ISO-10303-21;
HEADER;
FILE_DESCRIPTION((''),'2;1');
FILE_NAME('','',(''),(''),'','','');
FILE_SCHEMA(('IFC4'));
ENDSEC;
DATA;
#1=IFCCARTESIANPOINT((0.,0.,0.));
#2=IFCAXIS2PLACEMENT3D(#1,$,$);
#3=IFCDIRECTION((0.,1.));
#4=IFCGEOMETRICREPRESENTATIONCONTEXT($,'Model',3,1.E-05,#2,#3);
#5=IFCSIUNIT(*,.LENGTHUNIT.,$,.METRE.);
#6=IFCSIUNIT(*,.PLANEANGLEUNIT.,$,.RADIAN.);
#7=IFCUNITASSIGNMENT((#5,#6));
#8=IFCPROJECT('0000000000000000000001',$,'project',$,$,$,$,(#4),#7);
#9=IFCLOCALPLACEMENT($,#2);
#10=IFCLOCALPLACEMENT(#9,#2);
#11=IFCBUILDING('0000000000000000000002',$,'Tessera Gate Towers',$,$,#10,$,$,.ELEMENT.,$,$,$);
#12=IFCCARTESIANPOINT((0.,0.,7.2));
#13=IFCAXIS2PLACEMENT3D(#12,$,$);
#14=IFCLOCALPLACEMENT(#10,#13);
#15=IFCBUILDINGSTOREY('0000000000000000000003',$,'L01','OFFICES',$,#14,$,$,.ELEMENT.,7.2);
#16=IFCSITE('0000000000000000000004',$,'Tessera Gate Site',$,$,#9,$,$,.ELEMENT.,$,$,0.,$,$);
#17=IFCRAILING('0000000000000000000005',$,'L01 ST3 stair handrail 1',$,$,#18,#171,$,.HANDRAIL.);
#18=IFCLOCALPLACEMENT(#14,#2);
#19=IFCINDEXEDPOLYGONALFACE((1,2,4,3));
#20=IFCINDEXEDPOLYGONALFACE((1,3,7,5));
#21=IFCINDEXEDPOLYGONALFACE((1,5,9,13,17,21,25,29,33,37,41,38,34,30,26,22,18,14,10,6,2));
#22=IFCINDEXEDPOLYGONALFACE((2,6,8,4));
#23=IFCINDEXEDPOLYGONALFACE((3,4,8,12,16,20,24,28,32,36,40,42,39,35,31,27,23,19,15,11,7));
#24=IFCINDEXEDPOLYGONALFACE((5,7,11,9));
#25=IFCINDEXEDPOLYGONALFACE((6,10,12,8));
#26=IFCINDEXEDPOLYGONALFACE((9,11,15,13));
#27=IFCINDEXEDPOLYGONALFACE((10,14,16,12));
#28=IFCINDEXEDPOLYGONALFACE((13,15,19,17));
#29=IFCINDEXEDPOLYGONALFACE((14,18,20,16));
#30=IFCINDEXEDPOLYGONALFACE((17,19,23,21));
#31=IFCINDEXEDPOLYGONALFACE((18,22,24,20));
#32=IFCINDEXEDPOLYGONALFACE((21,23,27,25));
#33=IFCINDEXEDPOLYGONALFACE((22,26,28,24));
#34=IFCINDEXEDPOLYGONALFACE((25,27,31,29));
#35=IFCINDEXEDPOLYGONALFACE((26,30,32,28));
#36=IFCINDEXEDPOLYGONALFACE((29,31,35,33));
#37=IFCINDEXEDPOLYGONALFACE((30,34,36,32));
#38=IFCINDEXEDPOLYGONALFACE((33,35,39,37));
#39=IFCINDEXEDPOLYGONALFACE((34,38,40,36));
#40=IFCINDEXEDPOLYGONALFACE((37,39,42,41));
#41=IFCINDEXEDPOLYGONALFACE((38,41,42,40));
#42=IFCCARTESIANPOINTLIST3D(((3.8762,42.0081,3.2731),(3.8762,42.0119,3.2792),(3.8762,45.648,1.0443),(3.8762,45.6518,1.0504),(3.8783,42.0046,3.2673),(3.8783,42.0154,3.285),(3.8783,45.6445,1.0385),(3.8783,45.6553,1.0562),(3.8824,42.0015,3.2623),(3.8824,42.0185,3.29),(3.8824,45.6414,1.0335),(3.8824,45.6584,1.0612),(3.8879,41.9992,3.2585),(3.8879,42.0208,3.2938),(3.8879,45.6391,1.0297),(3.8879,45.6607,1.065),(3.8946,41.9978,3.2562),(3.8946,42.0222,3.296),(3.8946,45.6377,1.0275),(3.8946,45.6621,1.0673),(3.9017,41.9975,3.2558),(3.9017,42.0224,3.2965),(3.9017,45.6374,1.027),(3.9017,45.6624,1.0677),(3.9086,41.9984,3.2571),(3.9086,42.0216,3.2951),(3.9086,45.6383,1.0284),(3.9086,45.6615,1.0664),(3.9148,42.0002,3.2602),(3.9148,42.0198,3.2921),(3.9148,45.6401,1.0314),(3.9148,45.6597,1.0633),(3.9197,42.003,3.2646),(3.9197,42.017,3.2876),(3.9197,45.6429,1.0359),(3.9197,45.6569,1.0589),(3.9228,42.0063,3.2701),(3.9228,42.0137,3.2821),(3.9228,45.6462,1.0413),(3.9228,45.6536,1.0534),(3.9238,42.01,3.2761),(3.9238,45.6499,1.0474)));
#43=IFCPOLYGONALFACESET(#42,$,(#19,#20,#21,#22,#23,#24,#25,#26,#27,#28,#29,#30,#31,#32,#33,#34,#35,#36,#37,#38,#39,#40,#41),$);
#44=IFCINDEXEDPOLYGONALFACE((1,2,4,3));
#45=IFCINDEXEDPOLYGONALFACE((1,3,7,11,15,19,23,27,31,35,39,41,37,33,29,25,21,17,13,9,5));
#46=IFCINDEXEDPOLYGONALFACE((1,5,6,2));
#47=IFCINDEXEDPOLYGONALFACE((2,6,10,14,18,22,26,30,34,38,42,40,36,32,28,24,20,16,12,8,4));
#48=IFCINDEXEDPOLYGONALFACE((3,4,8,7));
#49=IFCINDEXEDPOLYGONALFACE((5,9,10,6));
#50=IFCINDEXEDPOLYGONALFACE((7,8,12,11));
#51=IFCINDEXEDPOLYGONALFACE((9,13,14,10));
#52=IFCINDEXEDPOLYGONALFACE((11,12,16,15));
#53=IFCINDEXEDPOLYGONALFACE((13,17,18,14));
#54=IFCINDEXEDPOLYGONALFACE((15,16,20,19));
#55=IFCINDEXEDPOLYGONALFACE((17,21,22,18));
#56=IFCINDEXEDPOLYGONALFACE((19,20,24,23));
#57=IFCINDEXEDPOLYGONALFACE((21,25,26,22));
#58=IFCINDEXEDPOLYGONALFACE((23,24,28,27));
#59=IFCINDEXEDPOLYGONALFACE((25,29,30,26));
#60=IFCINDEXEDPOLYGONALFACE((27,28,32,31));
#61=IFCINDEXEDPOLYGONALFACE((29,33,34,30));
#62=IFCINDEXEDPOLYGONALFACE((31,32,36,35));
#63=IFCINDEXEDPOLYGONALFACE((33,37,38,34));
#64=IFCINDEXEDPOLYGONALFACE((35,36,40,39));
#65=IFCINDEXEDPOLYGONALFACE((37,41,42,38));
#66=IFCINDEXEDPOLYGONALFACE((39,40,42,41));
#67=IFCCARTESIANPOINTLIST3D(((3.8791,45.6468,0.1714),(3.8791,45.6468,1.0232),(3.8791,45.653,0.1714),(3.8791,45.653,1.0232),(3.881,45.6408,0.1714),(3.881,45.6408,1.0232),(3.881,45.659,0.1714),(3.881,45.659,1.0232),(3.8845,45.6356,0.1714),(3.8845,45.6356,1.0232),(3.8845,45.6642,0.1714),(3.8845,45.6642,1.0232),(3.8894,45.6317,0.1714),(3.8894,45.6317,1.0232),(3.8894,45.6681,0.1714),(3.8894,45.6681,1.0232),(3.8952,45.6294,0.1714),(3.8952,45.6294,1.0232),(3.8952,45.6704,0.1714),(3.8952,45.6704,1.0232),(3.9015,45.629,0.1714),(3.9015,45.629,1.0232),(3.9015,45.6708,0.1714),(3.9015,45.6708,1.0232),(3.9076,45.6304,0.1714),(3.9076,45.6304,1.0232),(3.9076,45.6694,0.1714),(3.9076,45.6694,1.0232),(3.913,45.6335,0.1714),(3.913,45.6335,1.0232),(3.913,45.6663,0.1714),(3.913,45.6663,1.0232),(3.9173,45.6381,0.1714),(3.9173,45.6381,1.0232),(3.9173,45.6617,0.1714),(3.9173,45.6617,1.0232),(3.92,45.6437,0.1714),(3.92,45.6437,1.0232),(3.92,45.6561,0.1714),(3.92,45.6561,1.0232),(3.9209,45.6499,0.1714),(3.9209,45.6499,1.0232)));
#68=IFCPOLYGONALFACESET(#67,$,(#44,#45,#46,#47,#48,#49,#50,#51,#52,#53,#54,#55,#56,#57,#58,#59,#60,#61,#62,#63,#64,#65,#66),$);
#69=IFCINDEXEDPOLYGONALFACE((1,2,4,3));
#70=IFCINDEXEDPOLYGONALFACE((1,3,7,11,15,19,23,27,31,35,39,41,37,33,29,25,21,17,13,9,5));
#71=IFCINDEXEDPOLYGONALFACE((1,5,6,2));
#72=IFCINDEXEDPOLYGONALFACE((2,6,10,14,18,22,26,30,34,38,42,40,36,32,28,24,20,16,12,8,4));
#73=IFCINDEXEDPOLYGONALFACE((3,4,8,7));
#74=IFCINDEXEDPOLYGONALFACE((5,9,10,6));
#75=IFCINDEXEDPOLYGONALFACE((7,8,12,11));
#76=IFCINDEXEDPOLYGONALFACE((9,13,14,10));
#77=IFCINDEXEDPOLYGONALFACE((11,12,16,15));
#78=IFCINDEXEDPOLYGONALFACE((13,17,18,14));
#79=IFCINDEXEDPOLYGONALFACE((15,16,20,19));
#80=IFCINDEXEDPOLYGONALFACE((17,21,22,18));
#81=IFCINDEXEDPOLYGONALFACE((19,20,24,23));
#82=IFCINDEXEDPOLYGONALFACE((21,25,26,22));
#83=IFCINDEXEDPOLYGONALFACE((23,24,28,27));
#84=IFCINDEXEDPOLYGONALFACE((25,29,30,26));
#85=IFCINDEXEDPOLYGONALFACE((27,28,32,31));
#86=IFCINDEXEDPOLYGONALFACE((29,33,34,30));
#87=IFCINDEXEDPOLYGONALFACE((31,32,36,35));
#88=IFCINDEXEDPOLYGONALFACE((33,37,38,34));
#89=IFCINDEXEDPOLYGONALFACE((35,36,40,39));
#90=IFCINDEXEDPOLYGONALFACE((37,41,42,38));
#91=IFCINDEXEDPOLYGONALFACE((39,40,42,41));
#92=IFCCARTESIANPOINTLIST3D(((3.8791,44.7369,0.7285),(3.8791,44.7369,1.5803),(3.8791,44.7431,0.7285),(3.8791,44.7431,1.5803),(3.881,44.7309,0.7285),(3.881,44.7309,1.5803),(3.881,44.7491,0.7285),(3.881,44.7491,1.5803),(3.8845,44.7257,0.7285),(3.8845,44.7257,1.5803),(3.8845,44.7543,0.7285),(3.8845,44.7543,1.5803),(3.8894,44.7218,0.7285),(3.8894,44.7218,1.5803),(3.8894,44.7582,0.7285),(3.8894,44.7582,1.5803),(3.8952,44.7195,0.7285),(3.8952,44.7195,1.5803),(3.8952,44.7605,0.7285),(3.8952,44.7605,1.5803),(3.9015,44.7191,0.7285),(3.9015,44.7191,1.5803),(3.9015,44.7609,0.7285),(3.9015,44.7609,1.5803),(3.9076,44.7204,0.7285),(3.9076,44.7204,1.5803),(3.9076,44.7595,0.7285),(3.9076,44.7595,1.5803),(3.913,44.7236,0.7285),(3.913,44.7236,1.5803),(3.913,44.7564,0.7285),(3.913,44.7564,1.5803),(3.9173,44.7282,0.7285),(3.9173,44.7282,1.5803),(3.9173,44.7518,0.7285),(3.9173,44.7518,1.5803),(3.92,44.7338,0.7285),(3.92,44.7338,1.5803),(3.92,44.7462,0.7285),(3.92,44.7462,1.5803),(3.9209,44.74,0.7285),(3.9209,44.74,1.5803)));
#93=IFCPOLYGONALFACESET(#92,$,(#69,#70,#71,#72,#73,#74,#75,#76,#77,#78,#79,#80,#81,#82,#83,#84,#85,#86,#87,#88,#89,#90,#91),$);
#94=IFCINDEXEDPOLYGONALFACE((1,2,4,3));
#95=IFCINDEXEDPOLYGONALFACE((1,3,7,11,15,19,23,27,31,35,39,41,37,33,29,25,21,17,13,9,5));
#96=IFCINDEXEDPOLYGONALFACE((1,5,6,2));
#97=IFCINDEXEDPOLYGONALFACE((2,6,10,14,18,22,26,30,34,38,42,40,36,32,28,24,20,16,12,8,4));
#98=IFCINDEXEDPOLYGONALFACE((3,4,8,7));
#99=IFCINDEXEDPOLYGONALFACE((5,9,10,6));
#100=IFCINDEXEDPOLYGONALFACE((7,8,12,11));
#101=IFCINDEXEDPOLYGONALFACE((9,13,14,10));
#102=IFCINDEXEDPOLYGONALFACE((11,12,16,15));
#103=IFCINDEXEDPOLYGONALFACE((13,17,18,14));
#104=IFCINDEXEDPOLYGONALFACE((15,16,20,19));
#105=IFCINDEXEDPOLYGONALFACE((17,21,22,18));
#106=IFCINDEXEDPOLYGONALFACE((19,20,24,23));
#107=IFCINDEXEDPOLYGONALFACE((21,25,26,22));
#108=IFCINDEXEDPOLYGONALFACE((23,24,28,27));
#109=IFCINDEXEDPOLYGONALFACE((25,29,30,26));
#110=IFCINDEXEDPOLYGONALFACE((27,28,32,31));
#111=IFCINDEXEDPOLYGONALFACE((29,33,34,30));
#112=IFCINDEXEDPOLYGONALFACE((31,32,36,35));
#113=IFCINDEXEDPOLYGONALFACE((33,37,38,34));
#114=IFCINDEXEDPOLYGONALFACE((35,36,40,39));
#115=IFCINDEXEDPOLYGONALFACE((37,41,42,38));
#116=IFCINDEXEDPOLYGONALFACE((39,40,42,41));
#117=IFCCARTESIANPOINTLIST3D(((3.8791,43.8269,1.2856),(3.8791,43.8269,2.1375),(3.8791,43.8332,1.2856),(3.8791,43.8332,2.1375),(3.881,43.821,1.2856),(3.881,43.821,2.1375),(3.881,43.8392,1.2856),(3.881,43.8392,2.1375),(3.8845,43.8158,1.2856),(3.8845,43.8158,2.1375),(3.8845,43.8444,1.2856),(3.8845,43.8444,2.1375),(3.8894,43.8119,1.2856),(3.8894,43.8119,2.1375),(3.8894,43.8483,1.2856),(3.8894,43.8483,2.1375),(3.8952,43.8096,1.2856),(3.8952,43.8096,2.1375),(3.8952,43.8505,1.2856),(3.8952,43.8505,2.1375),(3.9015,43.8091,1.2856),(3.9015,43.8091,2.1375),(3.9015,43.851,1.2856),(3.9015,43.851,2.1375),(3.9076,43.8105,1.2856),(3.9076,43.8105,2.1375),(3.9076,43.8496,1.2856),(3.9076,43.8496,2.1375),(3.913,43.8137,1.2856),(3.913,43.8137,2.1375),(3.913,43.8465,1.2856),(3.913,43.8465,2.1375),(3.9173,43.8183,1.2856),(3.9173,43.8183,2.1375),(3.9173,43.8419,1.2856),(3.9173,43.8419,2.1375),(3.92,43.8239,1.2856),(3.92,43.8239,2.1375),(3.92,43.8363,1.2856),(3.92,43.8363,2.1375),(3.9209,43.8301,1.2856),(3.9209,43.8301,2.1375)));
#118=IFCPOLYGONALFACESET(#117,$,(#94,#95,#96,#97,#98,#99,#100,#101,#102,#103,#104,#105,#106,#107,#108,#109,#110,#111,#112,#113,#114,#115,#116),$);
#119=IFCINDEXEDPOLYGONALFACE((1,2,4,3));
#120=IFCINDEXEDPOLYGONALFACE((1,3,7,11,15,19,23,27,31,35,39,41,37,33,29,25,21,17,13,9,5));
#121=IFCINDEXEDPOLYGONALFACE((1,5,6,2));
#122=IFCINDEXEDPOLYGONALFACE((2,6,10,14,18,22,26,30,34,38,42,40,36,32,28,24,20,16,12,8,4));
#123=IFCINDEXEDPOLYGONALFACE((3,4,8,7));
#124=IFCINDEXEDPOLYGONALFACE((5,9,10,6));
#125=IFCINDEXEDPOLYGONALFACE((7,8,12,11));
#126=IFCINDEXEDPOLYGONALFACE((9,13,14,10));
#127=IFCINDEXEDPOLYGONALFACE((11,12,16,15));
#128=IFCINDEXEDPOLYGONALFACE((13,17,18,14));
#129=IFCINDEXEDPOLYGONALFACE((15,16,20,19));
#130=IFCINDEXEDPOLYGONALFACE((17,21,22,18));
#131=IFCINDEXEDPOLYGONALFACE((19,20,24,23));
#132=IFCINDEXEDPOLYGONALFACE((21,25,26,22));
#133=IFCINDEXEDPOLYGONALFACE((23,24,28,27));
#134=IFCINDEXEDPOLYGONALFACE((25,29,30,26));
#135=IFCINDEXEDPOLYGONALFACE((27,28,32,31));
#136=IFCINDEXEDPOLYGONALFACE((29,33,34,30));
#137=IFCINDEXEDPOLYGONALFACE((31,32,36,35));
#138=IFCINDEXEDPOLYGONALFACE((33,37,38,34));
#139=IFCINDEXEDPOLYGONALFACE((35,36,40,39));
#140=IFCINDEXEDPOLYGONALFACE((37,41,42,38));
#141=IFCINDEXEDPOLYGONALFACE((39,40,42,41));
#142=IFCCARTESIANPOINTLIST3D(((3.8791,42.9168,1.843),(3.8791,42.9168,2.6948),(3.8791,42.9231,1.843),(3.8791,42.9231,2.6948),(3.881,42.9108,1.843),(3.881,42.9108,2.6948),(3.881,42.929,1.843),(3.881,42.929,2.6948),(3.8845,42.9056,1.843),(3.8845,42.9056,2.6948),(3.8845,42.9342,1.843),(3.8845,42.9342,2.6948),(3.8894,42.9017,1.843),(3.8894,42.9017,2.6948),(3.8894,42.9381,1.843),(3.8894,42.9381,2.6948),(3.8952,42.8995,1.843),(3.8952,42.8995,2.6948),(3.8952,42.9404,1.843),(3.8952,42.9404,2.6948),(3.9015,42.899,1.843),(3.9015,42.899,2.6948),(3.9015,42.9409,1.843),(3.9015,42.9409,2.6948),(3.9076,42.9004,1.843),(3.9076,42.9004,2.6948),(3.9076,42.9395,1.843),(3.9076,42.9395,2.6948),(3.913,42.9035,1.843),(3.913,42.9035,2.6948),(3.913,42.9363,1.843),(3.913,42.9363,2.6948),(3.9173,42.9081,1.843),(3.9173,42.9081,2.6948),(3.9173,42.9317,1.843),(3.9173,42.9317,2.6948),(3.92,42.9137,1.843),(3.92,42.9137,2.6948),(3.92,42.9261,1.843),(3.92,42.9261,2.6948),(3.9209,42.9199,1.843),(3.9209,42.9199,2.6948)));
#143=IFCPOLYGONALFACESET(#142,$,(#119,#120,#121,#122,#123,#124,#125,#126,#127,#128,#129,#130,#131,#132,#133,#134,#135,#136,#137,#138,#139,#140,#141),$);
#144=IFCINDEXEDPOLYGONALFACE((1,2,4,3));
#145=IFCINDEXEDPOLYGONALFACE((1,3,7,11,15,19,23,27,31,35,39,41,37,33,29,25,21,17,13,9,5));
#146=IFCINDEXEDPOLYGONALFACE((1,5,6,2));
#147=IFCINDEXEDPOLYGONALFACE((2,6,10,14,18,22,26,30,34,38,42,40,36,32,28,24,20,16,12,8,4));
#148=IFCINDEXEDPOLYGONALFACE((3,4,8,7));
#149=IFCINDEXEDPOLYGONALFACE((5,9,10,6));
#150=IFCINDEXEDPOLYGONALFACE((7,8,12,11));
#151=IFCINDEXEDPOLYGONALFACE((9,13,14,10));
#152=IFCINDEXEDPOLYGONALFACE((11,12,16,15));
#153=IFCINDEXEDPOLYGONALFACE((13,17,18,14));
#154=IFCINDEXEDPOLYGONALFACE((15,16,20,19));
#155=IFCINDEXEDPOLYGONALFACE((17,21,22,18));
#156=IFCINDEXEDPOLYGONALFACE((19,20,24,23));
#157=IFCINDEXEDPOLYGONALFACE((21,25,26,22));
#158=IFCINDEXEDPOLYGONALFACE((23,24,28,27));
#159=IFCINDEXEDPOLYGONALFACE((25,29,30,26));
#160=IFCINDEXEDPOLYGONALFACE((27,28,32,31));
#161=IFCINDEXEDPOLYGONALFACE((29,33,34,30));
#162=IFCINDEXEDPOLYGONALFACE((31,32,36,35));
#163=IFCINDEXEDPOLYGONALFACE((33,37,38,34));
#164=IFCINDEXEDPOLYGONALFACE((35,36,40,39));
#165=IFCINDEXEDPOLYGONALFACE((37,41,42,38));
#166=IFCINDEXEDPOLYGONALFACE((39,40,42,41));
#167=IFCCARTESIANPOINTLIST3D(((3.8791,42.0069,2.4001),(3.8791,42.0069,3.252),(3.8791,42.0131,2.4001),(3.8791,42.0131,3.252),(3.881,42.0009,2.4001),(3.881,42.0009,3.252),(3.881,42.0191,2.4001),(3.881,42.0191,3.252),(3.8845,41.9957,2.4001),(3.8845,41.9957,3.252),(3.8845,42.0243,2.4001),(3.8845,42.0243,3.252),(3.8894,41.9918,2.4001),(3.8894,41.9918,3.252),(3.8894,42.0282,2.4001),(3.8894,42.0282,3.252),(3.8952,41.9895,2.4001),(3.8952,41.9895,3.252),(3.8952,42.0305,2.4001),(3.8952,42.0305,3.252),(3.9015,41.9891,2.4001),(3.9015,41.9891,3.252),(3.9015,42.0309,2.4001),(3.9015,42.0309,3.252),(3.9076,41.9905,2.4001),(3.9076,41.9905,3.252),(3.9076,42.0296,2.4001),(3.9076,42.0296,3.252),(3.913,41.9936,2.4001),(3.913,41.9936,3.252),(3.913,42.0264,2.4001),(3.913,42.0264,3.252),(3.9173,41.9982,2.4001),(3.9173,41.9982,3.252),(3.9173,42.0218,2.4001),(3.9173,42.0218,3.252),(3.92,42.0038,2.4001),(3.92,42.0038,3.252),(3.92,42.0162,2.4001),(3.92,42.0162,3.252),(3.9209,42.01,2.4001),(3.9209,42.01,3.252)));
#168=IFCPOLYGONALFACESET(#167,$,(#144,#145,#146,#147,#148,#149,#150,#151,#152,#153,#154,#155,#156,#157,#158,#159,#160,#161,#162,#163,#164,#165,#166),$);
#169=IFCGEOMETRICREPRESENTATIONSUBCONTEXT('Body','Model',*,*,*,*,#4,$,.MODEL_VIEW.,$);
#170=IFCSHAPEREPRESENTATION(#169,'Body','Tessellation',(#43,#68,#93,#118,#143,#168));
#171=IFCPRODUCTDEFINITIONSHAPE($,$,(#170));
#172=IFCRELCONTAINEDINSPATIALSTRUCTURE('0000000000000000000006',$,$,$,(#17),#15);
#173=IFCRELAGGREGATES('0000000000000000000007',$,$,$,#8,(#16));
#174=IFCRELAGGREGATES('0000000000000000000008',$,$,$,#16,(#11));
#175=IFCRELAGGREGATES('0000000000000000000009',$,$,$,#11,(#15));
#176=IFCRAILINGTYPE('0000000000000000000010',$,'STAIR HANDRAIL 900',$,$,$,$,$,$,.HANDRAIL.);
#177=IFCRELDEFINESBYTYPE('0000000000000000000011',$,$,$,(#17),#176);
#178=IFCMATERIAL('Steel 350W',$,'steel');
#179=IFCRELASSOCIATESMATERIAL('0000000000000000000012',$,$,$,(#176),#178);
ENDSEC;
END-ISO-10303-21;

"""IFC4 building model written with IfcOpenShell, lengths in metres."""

from ifc_helpers import new_model, si_unit, direction, frame, origin, origin_2d, place, context, subcontext, project, spatial, circle, extrude, material, type_object, element, save


model = new_model("IFC4")

# Units and contexts
model_context = context("Model", 3, precision=1e-05, world=origin(), true_north=direction((0.0, 1.0)))
body_context = subcontext(model_context, "Body", "Model", "MODEL_VIEW")
ifc_project = project(units=[si_unit("LENGTHUNIT", "METRE"), si_unit("PLANEANGLEUNIT", "RADIAN")], contexts=[model_context])

# Site, building, storey
site_placement = place(None, origin())
site = spatial("IfcSite", under=ifc_project, at=site_placement, Name="Tessera Gate Site", CompositionType="ELEMENT", RefElevation=0.0)
building_placement = place(site_placement, origin())
building = spatial("IfcBuilding", under=site, at=building_placement, Name="Tessera Gate Towers", CompositionType="ELEMENT")
storey_placement = place(building_placement, frame((0.0, 0.0, 7.2)))
storey = spatial("IfcBuildingStorey", under=building, at=storey_placement, Name="L01", Description="OFFICES", CompositionType="ELEMENT", Elevation=7.2)

# Railing
ifc_material_1 = material(Name="Steel 350W", Category="steel")
railing_type_1 = type_object("IfcRailingType", Name="STAIR HANDRAIL 900", PredefinedType="HANDRAIL", material=ifc_material_1)
railing_1_placement = place(storey_placement, frame((3.8999, 45.6499, 0.1714)))
element("IfcRailing", 1, at=railing_1_placement, inside=storey, type_object=railing_type_1, Name="L01 ST3 stair handrail 1", PredefinedType="HANDRAIL", context=body_context, shape_type="SweptSolid", body=[
    extrude(circle(Radius=0.0239, at=origin_2d()), frame((0.0, 0.0, 0.876), z_axis=(0.0, -0.852825, 0.522197), x_axis=(1.0, 0.0, 0.0)), (0.0, 0.0, 1.0), 4.2681),
    extrude(circle(Radius=0.021, at=origin_2d()), origin(), (0.0, 0.0, 1.0), 0.8518),
    extrude(circle(Radius=0.021, at=origin_2d()), frame((0.0, -0.9099, 0.5571)), (0.0, 0.0, 1.0), 0.8518),
    extrude(circle(Radius=0.021, at=origin_2d()), frame((0.0, -1.8198, 1.1143)), (0.0, 0.0, 1.0), 0.8518),
    extrude(circle(Radius=0.021, at=origin_2d()), frame((0.0, -2.73, 1.6716)), (0.0, 0.0, 1.0), 0.8518),
    extrude(circle(Radius=0.021, at=origin_2d()), frame((0.0, -3.6399, 2.2288)), (0.0, 0.0, 1.0), 0.8518),
])

save(model, "model.ifc")
